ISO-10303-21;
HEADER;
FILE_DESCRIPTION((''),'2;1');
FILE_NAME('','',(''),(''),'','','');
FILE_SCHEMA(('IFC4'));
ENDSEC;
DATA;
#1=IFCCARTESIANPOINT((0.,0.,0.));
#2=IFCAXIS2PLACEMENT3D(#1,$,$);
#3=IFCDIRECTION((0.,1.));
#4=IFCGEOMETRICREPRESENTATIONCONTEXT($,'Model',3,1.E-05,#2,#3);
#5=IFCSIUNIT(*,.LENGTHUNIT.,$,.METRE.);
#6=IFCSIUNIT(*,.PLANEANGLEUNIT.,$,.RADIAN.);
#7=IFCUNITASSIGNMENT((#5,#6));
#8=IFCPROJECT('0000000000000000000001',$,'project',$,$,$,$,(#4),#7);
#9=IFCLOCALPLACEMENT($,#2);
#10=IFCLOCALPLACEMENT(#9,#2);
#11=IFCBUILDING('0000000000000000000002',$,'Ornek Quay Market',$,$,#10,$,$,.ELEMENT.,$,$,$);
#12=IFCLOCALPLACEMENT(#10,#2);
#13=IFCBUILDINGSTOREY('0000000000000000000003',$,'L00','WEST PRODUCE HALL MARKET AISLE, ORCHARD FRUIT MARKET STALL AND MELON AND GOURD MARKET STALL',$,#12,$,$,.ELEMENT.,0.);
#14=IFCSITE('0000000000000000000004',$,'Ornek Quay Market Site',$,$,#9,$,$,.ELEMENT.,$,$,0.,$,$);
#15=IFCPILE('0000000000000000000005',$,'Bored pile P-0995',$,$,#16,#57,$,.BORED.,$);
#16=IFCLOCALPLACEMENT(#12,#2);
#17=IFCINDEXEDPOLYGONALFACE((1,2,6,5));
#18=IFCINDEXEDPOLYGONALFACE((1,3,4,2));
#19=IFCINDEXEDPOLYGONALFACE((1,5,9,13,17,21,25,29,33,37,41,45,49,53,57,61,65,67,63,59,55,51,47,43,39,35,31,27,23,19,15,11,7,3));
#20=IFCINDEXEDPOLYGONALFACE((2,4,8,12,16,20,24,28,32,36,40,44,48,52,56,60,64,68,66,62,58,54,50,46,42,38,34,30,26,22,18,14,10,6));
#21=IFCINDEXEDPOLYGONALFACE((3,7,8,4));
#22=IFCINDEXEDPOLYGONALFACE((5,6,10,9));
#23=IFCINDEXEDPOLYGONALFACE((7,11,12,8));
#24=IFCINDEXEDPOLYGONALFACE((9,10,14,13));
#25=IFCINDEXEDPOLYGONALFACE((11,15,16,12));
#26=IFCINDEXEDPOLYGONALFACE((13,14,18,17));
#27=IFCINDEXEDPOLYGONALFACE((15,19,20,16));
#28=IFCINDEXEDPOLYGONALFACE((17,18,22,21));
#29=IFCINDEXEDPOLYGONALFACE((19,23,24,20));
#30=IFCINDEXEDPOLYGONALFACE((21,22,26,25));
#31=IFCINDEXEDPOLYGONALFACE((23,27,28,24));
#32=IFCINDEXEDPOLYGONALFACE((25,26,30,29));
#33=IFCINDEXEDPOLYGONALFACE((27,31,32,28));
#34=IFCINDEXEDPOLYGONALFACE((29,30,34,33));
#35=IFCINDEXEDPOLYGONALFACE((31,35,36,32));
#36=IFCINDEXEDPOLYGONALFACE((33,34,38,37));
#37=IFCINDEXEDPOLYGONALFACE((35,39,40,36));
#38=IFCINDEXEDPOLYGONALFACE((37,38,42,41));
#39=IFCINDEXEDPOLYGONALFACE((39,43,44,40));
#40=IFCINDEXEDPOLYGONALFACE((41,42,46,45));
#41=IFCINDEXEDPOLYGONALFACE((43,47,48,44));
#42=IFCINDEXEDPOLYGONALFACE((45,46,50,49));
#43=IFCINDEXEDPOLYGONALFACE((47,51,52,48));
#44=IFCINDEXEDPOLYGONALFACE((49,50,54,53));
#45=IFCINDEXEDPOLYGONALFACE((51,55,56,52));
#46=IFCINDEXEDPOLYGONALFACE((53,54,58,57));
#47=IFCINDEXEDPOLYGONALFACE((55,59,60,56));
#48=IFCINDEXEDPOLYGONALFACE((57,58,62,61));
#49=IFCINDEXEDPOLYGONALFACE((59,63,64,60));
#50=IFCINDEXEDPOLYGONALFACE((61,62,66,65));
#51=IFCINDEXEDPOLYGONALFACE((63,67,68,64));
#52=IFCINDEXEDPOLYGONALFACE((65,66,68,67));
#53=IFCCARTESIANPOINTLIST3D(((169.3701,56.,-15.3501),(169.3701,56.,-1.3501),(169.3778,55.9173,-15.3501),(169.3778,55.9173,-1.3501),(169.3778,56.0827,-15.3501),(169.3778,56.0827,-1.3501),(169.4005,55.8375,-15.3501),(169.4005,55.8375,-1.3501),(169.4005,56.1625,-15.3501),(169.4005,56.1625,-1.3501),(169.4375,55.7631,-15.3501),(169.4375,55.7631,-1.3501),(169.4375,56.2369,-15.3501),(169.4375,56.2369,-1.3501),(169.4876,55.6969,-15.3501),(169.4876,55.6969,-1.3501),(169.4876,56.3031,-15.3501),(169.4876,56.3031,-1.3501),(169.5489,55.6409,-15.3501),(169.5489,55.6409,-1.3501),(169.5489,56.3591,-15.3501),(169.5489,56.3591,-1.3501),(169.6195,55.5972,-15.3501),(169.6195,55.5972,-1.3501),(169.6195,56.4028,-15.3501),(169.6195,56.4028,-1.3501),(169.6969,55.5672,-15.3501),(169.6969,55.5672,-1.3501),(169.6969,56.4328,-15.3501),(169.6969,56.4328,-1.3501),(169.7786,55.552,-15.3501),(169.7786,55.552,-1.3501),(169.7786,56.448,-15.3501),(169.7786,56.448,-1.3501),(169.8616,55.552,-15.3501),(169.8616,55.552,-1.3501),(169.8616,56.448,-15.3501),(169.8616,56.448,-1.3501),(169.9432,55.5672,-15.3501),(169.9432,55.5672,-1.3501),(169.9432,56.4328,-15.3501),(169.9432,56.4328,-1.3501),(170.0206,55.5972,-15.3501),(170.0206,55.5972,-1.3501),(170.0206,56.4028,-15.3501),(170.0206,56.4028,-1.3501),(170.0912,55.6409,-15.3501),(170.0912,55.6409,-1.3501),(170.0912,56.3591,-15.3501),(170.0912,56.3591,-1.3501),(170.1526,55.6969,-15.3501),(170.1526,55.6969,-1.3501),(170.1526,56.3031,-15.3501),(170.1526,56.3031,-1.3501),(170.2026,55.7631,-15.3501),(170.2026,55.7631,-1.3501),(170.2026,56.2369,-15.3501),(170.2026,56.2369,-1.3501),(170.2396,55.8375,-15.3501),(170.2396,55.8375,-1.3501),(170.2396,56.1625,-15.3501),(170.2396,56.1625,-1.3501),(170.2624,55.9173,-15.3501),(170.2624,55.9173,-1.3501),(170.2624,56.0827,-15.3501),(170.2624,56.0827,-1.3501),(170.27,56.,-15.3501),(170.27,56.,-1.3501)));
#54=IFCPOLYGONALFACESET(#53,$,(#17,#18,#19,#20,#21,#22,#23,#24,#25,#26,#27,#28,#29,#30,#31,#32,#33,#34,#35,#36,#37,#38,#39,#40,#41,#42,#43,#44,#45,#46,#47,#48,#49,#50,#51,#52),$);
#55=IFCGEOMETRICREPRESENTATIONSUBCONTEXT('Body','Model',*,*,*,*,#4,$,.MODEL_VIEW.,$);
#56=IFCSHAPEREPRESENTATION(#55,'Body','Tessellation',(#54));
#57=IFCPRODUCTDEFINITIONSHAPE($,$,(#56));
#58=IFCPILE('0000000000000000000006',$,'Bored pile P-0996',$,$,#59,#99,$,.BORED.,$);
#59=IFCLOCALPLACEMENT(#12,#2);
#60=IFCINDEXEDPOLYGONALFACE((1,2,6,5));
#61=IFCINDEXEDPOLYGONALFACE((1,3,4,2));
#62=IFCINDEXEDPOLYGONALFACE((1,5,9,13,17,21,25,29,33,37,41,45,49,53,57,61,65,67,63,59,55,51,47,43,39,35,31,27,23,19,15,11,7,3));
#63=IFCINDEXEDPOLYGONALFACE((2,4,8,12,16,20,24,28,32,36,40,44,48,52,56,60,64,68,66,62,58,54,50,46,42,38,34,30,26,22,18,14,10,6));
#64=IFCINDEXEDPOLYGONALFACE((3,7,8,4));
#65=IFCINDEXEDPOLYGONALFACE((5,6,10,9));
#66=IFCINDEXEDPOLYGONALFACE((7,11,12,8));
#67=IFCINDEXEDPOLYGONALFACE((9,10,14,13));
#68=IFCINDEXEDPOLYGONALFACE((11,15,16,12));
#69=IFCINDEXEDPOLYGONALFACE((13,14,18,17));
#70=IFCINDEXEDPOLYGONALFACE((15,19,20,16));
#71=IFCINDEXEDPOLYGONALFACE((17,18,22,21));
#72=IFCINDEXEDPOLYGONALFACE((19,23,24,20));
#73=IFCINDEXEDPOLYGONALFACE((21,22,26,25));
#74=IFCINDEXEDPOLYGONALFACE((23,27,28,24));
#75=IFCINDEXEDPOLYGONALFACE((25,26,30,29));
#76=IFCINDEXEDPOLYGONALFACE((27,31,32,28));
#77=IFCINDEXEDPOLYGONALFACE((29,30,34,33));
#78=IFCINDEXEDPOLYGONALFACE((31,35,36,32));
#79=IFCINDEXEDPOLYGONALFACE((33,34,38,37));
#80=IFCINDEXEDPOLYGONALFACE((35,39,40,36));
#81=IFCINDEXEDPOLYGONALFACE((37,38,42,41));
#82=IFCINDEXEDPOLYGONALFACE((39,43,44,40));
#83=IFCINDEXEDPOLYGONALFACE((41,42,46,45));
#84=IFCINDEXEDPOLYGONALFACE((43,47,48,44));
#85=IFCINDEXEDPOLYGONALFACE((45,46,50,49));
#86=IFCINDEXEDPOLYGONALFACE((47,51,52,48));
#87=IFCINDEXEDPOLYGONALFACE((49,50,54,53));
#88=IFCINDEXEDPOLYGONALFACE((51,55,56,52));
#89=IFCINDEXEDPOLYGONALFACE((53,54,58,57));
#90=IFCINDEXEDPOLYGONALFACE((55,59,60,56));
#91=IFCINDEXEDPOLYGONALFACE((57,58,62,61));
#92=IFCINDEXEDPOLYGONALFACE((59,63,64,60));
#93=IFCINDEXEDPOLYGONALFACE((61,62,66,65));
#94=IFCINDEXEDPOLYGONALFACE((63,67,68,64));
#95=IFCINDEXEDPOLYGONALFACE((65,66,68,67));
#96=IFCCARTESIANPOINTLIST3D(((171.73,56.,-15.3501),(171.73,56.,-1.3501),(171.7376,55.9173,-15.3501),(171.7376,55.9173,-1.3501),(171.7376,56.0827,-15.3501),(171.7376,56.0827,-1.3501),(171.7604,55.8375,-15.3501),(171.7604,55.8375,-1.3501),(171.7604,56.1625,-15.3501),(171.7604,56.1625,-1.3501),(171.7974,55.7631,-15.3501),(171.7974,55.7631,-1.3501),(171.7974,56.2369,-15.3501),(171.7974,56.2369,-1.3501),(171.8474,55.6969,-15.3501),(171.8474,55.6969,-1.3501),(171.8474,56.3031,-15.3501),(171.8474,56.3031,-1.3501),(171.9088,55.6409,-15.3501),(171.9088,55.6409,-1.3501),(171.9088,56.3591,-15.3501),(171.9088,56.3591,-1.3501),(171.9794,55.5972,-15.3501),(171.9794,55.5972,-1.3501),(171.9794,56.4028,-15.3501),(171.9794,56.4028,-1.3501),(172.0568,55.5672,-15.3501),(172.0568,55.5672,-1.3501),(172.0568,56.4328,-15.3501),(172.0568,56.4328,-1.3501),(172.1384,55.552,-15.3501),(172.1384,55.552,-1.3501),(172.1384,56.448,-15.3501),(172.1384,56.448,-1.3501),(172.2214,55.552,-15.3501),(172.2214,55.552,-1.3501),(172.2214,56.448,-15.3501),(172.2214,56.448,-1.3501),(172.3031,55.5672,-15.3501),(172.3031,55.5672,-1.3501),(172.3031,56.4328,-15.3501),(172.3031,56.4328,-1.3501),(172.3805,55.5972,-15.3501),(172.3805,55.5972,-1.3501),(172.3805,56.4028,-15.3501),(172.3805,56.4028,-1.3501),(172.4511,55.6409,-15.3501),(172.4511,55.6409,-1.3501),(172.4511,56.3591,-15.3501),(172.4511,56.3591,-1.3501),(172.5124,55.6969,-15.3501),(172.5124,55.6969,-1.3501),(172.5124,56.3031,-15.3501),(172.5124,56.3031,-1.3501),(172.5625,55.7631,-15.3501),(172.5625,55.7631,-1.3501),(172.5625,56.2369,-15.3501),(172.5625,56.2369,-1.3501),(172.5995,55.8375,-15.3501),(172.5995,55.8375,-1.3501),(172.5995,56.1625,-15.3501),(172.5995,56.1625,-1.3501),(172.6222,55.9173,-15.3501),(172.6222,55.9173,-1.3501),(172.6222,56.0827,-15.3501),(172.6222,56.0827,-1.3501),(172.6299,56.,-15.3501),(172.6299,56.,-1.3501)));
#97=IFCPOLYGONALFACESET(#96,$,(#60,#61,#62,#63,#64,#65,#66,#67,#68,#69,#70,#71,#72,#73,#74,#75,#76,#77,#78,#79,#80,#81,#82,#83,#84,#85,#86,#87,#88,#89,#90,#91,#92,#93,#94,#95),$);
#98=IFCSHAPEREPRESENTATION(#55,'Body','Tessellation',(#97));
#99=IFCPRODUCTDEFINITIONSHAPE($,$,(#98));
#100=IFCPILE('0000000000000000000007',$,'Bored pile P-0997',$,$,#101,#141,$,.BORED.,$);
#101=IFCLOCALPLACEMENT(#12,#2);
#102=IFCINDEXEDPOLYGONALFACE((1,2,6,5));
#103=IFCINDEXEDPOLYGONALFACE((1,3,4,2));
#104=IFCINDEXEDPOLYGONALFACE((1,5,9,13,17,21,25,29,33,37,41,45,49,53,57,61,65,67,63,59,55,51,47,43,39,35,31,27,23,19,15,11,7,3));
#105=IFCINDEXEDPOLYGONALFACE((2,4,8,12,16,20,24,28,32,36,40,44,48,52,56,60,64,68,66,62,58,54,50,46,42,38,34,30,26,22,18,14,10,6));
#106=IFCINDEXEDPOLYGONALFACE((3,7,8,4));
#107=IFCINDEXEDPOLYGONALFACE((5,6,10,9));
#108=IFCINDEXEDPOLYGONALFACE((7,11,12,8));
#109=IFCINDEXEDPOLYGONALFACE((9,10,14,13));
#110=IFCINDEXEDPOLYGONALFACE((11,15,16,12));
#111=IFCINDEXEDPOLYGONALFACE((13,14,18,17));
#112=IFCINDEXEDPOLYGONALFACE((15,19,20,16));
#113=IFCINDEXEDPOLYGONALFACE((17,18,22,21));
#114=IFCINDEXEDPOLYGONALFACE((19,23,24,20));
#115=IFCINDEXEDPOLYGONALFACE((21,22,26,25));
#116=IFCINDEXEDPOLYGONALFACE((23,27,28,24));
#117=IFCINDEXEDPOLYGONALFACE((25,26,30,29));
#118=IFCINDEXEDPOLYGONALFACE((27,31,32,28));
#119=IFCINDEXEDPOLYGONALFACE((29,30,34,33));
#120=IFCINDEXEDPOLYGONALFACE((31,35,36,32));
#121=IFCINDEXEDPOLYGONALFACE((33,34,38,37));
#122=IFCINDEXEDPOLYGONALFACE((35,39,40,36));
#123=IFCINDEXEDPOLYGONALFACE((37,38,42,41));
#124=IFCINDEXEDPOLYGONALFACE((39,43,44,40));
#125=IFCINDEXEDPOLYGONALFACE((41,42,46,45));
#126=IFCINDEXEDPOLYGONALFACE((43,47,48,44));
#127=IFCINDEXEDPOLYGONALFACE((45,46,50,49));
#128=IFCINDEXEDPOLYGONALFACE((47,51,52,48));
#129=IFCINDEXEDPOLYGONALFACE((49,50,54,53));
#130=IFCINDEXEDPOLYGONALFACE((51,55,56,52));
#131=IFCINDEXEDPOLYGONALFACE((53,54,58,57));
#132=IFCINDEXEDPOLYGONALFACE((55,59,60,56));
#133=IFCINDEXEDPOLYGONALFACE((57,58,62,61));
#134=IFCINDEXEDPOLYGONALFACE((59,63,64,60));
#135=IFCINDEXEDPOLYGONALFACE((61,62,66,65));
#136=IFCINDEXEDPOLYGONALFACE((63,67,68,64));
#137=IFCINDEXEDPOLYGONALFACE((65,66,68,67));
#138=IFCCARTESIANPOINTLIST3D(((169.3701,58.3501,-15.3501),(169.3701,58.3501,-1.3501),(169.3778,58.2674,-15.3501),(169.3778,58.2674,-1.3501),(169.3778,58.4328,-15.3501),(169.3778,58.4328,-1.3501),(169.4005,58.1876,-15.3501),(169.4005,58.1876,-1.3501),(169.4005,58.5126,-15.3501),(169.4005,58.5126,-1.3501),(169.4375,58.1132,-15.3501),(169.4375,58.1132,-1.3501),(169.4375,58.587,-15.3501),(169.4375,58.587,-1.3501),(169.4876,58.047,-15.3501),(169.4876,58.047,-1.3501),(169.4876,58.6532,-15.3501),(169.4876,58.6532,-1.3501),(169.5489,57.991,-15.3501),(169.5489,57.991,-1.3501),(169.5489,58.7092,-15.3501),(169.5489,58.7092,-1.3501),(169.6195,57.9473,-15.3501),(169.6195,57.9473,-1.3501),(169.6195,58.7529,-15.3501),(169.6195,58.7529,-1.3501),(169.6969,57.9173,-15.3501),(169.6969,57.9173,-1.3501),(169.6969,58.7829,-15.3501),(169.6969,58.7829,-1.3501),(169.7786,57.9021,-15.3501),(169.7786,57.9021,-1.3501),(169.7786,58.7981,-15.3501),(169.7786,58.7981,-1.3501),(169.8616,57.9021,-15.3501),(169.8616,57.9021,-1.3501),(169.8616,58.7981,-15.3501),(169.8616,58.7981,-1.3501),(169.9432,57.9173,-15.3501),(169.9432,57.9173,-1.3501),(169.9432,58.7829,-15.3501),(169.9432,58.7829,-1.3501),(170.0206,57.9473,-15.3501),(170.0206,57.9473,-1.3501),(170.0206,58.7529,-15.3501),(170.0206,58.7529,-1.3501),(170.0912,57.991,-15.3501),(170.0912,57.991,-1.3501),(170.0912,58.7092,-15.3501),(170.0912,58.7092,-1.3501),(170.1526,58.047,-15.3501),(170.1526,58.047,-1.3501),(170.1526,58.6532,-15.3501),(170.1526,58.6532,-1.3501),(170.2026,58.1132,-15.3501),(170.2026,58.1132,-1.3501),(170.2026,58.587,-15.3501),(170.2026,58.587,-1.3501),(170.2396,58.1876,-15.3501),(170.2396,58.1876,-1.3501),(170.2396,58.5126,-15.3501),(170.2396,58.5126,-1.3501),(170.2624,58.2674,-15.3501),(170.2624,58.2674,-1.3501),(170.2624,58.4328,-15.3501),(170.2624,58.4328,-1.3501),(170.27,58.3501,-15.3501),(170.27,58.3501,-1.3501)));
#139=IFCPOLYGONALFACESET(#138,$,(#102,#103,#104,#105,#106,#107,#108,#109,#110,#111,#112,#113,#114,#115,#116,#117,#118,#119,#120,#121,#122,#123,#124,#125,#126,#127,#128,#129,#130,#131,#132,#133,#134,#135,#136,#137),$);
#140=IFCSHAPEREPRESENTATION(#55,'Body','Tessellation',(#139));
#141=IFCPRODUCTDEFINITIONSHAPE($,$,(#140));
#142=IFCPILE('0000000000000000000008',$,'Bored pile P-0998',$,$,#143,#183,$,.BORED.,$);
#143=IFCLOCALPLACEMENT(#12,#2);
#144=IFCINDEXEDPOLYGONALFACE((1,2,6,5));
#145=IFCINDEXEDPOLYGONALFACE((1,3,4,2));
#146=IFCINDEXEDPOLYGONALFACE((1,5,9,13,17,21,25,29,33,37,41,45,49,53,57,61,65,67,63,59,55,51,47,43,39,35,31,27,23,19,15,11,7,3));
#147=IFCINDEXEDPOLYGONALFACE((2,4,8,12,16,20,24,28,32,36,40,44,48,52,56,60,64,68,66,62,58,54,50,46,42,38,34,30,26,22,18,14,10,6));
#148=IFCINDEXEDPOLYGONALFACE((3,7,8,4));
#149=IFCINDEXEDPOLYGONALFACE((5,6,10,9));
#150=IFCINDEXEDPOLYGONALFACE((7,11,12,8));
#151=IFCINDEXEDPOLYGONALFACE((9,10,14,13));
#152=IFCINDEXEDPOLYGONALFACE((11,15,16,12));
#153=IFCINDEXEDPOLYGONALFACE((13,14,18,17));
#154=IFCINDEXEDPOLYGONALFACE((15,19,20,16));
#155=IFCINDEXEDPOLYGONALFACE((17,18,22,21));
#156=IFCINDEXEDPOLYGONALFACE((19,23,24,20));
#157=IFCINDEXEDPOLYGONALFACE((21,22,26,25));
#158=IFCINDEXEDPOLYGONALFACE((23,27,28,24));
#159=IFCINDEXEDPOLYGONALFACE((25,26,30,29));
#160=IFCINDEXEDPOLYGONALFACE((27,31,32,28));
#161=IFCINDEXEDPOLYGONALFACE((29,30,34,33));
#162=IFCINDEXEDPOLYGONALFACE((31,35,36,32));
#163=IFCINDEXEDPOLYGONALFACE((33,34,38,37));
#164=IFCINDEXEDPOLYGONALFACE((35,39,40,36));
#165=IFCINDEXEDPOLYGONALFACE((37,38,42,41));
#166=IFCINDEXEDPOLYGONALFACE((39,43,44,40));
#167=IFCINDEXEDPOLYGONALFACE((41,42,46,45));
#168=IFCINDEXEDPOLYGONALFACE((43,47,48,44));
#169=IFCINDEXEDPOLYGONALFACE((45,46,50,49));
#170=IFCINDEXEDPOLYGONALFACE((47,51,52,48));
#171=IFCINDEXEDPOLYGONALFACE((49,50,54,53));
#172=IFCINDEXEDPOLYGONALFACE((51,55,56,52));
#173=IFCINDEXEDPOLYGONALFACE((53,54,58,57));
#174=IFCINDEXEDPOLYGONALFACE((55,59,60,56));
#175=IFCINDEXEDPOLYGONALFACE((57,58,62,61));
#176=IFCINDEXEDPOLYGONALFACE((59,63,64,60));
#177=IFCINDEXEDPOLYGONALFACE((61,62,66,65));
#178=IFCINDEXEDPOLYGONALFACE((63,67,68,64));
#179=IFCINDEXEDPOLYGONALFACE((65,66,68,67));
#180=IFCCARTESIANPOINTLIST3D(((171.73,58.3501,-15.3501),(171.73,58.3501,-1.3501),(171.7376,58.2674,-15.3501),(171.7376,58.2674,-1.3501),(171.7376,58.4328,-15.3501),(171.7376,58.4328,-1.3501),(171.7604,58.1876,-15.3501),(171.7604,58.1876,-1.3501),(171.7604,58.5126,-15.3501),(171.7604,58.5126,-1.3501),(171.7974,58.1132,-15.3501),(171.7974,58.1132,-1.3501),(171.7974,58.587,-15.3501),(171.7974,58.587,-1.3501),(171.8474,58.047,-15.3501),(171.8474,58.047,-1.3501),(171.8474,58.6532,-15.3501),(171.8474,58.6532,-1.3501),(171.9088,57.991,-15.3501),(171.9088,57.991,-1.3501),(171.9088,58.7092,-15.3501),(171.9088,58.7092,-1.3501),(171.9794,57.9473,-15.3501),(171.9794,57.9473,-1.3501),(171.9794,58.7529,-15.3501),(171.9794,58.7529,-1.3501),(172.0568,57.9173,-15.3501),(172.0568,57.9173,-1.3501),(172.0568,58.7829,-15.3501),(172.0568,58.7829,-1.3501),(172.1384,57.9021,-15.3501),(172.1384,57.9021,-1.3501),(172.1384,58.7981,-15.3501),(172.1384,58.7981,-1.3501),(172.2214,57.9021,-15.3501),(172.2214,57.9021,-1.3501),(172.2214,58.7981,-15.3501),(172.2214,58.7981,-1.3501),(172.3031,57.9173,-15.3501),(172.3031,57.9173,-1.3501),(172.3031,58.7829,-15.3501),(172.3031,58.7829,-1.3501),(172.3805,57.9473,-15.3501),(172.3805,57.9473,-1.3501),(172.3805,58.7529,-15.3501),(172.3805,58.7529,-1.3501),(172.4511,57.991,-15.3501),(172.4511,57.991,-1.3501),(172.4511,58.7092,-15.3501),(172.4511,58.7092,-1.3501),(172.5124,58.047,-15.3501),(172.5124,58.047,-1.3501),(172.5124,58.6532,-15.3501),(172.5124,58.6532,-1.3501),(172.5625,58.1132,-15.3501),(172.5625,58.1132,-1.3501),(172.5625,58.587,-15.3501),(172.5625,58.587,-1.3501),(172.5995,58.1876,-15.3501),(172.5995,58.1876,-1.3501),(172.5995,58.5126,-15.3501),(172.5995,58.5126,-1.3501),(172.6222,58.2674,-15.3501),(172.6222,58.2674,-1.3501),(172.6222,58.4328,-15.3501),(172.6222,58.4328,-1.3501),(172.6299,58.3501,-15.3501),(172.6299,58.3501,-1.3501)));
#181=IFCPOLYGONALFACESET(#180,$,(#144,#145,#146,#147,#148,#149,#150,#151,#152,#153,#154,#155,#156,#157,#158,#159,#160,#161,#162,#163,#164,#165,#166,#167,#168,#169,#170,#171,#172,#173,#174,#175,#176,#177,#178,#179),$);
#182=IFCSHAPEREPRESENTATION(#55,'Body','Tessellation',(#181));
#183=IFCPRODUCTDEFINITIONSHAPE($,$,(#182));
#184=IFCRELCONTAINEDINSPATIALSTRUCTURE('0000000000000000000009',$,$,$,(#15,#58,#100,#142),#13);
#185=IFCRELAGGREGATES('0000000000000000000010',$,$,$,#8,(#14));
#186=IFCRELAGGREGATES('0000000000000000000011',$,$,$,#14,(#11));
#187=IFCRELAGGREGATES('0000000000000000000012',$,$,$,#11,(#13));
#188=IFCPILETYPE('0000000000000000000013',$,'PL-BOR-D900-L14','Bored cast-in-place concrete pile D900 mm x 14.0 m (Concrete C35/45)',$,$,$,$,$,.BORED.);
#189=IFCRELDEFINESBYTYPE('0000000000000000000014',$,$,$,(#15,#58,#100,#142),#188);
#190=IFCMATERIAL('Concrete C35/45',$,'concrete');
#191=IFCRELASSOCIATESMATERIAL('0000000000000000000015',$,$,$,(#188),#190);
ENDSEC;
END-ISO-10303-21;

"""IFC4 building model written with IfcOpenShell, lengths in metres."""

from ifc_helpers import new_model, si_unit, direction, frame, origin, origin_2d, place, context, subcontext, project, spatial, circle, extrude, material, material_profile, profile_set, type_object, element, save


model = new_model("IFC4")

# Units and contexts
model_context = context("Model", 3, precision=1e-05, world=origin(), true_north=direction((0.0, 1.0)))
body_context = subcontext(model_context, "Body", "Model", "MODEL_VIEW")
ifc_project = project(units=[si_unit("LENGTHUNIT", "METRE"), si_unit("PLANEANGLEUNIT", "RADIAN")], contexts=[model_context])

# Site, building, storey
site_placement = place(None, origin())
site = spatial("IfcSite", under=ifc_project, at=site_placement, Name="Ornek Quay Market Site", CompositionType="ELEMENT", RefElevation=0.0)
building_placement = place(site_placement, origin())
building = spatial("IfcBuilding", under=site, at=building_placement, Name="Ornek Quay Market", CompositionType="ELEMENT")
storey_placement = place(building_placement, origin())
storey = spatial("IfcBuildingStorey", under=building, at=storey_placement, Name="L00", Description="WEST PRODUCE HALL MARKET AISLE, ORCHARD FRUIT MARKET STALL AND MELON AND GOURD MARKET STALL", CompositionType="ELEMENT", Elevation=0.0)

# Piles
ifc_material_1 = material(Name="Concrete C35/45", Category="concrete")
ifc_material_profile_1 = material_profile(ifc_material_1, circle(Radius=0.45, at=origin_2d()), Name="PILE D900", Category="concrete")
ifc_profile_set_1 = profile_set([ifc_material_profile_1], Name="Concrete C35/45")
pile_type = type_object("IfcPileType", Name="PL-BOR-D900-L14", Description="Bored cast-in-place concrete pile D900 mm x 14.0 m (Concrete C35/45)", PredefinedType="BORED", material=ifc_profile_set_1)
for number, where, z_axis, x_axis, name in (
    (1, (169.8201, 56.0, -1.3501), (0.0, 0.0, -1.0), (1.0, 0.0, 0.0), "Bored pile P-0995"),
    (2, (172.1799, 56.0, -1.3501), (0.0, 0.0, -1.0), (1.0, 0.0, 0.0), "Bored pile P-0996"),
    (3, (169.8201, 58.3501, -1.3501), (0.0, 0.0, -1.0), (1.0, 0.0, 0.0), "Bored pile P-0997"),
    (4, (172.1799, 58.3501, -1.3501), (0.0, 0.0, -1.0), (1.0, 0.0, 0.0), "Bored pile P-0998"),
):
    element("IfcPile", number, at=place(storey_placement, frame(where, z_axis=z_axis, x_axis=x_axis)), inside=storey, type_object=pile_type, Name=name, PredefinedType="BORED", context=body_context, shape_type="SweptSolid", body=[
        extrude(circle(Radius=0.45, at=origin_2d()), origin(), (0.0, 0.0, 1.0), 14.0),
    ])

save(model, "model.ifc")
